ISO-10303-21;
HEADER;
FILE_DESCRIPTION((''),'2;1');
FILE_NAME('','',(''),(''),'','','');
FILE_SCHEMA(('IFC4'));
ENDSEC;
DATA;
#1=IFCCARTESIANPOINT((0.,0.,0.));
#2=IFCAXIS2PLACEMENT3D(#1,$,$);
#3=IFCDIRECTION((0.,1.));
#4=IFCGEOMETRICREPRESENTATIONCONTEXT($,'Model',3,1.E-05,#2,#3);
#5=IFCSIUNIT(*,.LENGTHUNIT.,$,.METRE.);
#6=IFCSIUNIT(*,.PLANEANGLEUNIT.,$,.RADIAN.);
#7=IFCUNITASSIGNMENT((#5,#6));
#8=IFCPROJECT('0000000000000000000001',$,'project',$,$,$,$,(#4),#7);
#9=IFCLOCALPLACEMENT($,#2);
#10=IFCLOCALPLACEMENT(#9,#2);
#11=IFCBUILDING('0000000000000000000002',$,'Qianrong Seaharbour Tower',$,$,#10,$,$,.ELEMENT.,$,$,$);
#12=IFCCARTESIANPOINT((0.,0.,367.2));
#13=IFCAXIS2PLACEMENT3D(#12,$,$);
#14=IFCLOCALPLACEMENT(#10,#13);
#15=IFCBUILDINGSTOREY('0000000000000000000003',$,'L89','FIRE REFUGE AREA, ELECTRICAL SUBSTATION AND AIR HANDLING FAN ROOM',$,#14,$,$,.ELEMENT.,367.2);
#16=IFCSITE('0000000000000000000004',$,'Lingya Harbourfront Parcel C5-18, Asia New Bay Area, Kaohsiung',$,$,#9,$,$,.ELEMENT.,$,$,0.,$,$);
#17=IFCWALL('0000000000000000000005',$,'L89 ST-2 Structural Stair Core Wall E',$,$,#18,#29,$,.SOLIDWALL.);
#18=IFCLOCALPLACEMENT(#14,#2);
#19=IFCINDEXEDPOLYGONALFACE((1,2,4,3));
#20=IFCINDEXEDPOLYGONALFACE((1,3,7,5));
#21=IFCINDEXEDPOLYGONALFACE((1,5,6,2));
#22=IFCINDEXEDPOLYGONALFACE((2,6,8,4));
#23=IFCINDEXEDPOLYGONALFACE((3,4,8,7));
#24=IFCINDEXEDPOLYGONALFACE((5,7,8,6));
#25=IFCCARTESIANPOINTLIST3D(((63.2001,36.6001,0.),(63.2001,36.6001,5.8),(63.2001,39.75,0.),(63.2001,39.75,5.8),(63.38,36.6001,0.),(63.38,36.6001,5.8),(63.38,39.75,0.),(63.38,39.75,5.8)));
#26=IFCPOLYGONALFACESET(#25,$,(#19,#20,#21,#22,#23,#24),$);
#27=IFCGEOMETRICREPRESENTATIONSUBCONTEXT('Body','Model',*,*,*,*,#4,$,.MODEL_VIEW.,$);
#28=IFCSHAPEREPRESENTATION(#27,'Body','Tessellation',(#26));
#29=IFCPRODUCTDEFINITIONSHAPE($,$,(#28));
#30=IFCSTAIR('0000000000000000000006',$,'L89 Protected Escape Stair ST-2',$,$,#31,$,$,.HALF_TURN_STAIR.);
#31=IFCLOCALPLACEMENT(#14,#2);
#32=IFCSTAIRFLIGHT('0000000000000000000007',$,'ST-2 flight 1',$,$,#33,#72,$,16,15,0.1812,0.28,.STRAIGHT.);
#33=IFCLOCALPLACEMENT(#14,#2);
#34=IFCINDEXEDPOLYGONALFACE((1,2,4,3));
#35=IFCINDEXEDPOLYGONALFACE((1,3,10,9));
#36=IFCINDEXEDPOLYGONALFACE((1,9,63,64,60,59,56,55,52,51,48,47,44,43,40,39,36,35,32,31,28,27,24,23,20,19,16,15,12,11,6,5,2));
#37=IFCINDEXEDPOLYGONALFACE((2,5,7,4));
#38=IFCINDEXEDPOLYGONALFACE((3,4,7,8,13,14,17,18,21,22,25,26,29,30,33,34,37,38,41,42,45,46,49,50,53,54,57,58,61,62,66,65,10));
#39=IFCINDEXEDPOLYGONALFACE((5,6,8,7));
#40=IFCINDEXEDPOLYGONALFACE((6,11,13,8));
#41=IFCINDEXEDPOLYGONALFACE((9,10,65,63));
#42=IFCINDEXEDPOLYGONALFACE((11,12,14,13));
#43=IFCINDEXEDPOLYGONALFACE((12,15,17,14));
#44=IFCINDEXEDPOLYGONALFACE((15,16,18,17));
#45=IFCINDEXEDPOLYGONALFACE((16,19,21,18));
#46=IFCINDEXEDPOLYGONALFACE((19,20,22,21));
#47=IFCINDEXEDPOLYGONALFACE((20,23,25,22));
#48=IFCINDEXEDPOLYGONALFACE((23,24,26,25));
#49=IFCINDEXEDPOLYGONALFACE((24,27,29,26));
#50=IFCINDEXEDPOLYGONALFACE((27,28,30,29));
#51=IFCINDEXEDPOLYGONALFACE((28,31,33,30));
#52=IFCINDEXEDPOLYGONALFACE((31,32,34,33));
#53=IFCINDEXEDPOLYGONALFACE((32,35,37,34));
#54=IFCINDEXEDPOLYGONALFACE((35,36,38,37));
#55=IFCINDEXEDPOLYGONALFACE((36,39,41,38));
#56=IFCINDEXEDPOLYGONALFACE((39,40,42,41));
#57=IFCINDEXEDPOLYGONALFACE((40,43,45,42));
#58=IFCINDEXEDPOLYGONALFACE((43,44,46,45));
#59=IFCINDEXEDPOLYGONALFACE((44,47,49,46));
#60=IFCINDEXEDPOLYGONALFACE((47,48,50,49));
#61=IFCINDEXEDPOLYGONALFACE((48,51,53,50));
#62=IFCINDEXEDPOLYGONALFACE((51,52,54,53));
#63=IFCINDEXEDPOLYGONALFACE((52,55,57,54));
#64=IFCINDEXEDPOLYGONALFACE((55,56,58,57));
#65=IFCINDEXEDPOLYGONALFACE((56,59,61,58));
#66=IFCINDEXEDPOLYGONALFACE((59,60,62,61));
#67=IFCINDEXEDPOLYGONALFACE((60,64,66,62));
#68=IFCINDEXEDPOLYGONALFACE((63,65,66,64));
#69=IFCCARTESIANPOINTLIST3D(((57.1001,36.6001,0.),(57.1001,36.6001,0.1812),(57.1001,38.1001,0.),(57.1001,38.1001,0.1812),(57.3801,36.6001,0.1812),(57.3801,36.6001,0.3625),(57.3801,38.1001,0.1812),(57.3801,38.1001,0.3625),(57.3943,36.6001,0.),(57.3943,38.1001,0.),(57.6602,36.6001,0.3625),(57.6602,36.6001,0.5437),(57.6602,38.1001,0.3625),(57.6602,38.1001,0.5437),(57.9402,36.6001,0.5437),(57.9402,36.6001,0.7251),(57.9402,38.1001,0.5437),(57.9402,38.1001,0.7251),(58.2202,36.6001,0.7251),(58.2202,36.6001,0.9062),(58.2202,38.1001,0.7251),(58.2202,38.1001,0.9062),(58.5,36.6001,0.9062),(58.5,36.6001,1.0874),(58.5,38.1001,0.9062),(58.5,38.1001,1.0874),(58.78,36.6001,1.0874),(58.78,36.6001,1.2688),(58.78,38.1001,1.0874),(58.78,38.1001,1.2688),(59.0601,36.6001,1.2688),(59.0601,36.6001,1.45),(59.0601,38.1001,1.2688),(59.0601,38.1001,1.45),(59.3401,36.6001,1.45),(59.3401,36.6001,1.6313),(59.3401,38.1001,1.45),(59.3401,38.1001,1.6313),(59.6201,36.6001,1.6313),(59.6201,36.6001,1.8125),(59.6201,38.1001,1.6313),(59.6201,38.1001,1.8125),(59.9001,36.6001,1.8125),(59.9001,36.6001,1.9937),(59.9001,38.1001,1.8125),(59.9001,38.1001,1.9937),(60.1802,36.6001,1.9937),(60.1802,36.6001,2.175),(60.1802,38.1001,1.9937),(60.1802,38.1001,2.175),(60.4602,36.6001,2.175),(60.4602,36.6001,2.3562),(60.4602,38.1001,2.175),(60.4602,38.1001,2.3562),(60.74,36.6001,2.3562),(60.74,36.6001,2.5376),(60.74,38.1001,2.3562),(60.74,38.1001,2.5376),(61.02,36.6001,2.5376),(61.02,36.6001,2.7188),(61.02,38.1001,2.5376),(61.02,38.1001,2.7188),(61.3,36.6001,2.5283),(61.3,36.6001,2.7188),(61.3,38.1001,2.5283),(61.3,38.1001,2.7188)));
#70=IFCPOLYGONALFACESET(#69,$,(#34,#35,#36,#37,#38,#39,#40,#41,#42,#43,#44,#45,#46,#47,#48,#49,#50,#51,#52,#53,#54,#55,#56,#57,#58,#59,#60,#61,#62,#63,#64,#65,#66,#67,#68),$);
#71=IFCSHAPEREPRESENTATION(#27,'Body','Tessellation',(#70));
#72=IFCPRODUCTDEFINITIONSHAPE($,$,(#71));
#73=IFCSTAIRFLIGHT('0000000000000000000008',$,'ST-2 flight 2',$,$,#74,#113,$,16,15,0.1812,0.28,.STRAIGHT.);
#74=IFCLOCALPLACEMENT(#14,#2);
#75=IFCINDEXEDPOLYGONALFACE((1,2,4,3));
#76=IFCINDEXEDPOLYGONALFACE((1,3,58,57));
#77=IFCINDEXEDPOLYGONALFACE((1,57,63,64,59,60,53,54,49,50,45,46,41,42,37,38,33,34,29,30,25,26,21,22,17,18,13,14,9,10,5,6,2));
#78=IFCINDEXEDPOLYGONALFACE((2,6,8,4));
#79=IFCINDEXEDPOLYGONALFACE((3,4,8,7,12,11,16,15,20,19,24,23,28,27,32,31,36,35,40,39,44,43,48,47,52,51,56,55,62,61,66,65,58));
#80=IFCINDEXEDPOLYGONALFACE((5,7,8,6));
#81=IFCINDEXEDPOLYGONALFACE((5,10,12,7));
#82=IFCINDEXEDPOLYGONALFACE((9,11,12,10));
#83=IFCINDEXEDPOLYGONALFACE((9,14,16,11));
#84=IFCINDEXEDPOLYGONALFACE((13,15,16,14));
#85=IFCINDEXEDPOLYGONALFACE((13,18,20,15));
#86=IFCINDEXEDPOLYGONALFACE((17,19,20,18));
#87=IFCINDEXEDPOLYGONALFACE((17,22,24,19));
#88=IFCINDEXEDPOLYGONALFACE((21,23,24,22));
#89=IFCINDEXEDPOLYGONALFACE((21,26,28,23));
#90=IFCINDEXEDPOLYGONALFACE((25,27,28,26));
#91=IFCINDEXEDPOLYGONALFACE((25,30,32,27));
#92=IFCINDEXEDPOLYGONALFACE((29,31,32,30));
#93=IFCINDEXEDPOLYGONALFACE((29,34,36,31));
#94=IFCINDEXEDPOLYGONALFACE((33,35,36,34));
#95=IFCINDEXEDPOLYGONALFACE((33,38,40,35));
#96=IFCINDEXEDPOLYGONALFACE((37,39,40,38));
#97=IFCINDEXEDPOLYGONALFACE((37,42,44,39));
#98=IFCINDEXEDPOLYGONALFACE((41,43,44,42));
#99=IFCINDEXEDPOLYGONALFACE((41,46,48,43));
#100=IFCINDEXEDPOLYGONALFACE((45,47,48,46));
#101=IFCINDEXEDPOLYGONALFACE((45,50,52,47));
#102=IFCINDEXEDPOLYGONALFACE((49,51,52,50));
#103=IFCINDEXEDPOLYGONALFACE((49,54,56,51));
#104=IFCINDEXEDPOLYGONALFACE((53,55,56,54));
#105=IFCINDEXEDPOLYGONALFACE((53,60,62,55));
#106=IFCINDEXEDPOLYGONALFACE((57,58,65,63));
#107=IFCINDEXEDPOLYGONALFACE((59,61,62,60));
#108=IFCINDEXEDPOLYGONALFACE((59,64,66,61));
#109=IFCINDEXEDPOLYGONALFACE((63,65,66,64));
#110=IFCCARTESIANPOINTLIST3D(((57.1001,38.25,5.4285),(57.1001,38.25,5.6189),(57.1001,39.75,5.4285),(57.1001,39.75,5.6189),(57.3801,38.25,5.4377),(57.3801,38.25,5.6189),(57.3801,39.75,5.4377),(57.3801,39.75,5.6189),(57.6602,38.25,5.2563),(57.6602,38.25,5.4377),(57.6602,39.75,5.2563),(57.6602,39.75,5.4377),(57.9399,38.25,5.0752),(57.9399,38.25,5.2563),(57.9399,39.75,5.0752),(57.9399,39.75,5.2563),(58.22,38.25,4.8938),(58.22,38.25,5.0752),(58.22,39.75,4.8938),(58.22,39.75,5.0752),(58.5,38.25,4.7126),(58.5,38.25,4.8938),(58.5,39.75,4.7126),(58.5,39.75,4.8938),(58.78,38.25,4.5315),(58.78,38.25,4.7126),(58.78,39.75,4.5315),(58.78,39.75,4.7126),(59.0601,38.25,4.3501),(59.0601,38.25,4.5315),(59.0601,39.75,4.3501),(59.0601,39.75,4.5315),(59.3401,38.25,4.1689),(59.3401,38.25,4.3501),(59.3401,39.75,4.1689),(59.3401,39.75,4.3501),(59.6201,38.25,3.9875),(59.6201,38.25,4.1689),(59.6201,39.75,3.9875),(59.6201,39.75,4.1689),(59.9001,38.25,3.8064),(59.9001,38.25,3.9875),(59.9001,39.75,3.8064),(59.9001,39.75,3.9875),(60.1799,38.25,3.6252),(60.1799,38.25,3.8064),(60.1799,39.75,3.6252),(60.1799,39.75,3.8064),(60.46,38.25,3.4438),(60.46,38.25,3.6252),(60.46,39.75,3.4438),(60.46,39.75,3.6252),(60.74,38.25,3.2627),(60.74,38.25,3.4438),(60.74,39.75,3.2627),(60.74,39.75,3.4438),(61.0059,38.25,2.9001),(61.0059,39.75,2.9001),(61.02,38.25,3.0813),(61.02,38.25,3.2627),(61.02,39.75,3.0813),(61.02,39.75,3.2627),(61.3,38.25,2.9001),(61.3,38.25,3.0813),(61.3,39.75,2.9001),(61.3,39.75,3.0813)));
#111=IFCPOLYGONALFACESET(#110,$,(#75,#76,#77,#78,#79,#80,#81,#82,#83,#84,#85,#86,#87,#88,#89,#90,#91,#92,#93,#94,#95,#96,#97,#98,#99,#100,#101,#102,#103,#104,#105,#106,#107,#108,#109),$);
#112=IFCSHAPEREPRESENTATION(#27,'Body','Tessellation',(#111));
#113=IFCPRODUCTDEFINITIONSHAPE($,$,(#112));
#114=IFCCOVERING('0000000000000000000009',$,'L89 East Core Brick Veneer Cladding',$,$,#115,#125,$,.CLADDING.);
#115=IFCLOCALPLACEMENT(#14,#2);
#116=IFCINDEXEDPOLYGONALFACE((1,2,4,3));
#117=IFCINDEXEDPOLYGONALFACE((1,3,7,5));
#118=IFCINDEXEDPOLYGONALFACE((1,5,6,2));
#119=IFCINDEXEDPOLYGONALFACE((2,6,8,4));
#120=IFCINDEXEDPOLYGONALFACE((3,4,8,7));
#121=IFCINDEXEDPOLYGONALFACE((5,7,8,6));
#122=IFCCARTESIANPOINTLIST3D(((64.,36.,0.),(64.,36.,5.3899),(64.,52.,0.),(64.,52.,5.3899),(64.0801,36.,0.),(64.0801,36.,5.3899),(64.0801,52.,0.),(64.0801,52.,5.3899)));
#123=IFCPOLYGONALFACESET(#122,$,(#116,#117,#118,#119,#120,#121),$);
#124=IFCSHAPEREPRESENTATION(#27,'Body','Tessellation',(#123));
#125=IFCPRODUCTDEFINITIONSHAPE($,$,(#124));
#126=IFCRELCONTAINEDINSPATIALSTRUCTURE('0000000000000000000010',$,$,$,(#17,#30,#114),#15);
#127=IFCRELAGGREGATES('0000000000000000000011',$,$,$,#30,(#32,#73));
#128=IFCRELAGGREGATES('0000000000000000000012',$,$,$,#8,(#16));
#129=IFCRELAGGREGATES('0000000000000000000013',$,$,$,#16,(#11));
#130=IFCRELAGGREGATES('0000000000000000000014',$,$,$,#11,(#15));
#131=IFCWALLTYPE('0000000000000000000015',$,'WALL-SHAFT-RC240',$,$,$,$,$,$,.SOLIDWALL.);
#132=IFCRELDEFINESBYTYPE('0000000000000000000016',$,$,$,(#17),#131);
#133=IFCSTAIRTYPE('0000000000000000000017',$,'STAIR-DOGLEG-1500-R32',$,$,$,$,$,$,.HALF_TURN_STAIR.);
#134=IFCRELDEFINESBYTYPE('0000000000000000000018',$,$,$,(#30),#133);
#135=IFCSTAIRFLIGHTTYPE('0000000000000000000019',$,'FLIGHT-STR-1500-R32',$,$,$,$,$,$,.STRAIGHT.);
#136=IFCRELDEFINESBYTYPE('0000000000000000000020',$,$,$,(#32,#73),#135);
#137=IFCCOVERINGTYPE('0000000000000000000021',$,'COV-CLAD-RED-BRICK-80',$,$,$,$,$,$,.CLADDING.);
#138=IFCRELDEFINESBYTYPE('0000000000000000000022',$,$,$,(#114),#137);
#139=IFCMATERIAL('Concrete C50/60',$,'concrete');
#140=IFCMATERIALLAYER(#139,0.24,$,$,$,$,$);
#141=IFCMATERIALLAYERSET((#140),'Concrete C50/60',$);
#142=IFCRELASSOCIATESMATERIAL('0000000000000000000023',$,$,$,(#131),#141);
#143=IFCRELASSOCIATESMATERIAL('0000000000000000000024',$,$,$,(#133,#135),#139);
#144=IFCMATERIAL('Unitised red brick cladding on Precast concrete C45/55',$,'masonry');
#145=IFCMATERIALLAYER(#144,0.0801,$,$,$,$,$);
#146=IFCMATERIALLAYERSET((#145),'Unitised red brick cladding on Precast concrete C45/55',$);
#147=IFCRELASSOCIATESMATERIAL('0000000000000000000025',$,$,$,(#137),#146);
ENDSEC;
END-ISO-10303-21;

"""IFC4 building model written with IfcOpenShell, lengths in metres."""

from ifc_helpers import new_model, si_unit, direction, frame, frame_2d, origin, origin_2d, place, context, subcontext, project, spatial, polyline, rectangle, outline, extrude, material, layer, layer_set, type_object, element, aggregate, save


model = new_model("IFC4")

# Units and contexts
model_context = context("Model", 3, precision=1e-05, world=origin(), true_north=direction((0.0, 1.0)))
body_context = subcontext(model_context, "Body", "Model", "MODEL_VIEW")
ifc_project = project(units=[si_unit("LENGTHUNIT", "METRE"), si_unit("PLANEANGLEUNIT", "RADIAN")], contexts=[model_context])

# Site, building, storey
site_placement = place(None, origin())
site = spatial("IfcSite", under=ifc_project, at=site_placement, Name="Lingya Harbourfront Parcel C5-18, Asia New Bay Area, Kaohsiung", CompositionType="ELEMENT", RefElevation=0.0)
building_placement = place(site_placement, origin())
building = spatial("IfcBuilding", under=site, at=building_placement, Name="Qianrong Seaharbour Tower", CompositionType="ELEMENT")
storey_placement = place(building_placement, frame((0.0, 0.0, 367.2)))
storey = spatial("IfcBuildingStorey", under=building, at=storey_placement, Name="L89", Description="FIRE REFUGE AREA, ELECTRICAL SUBSTATION AND AIR HANDLING FAN ROOM", CompositionType="ELEMENT", Elevation=367.2)

# Shared definitions
ifc_material_1 = material(Name="Concrete C50/60", Category="concrete")

# Shared definitions
ifc_layer_1 = layer(ifc_material_1, 0.24)
ifc_layer_set_1 = layer_set([ifc_layer_1], Name="Concrete C50/60")
wall_type_1 = type_object("IfcWallType", Name="WALL-SHAFT-RC240", PredefinedType="SOLIDWALL", material=ifc_layer_set_1)

# Wall
wall_1_placement = place(storey_placement, frame((63.29, 36.6001, 0.0), z_axis=(0.0, 0.0, 1.0), x_axis=(0.0, 1.0, 0.0)))
element("IfcWall", 1, at=wall_1_placement, inside=storey, type_object=wall_type_1, Name="L89 ST-2 Structural Stair Core Wall E", PredefinedType="SOLIDWALL", context=body_context, shape_type="SweptSolid", body=[
    extrude(rectangle(XDim=3.1499, YDim=0.1799, at=frame_2d((1.575, 0.0))), origin(), (0.0, 0.0, 1.0), 5.8),
])

# Stair, stair flights
stair_type = type_object("IfcStairType", Name="STAIR-DOGLEG-1500-R32", PredefinedType="HALF_TURN_STAIR", material=ifc_material_1)
stair_placement = place(storey_placement, origin())
stair = element("IfcStair", 2, at=stair_placement, inside=storey, type_object=stair_type, Name="L89 Protected Escape Stair ST-2", PredefinedType="HALF_TURN_STAIR")
stair_flight_type = type_object("IfcStairFlightType", Name="FLIGHT-STR-1500-R32", PredefinedType="STRAIGHT", material=ifc_material_1)
stair_flight_1_placement = place(storey_placement, frame((57.1001, 37.3501, 0.0), z_axis=(0.0, 0.0, 1.0), x_axis=(1.0, 0.0, 0.0)))
stair_flight_1 = element("IfcStairFlight", 3, at=stair_flight_1_placement, type_object=stair_flight_type, Name="ST-2 flight 1", NumberOfRisers=16, NumberOfTreads=15, PredefinedType="STRAIGHT", RiserHeight=0.1812, TreadLength=0.28, context=body_context, shape_type="SweptSolid", body=[
    extrude(outline(polyline([(0.0, 0.0), (0.0, 0.1812), (0.28, 0.1812), (0.28, 0.3625), (0.5601, 0.3625), (0.5601, 0.5437), (0.8401, 0.5437), (0.8401, 0.7251), (1.1201, 0.7251), (1.1201, 0.9062), (1.3999, 0.9062), (1.3999, 1.0874), (1.6799, 1.0874), (1.6799, 1.2688), (1.96, 1.2688), (1.96, 1.45), (2.24, 1.45), (2.24, 1.6313), (2.52, 1.6313), (2.52, 1.8125), (2.8, 1.8125), (2.8, 1.9937), (3.0801, 1.9937), (3.0801, 2.175), (3.3601, 2.175), (3.3601, 2.3562), (3.6399, 2.3562), (3.6399, 2.5376), (3.9199, 2.5376), (3.9199, 2.7188), (4.2, 2.7188), (4.2, 2.8999), (4.2, 2.5283), (0.2942, 0.0), (0.0, 0.0)])), frame((0.0, 0.75, 0.0), z_axis=(0.0, -1.0, 0.0), x_axis=(1.0, 0.0, 0.0)), (0.0, 0.0, 1.0), 1.5),
])
stair_flight_2_placement = place(storey_placement, frame((61.3, 39.0, 2.9001), z_axis=(0.0, 0.0, 1.0), x_axis=(-1.0, 0.0, 0.0)))
stair_flight_2 = element("IfcStairFlight", 4, at=stair_flight_2_placement, type_object=stair_flight_type, Name="ST-2 flight 2", NumberOfRisers=16, NumberOfTreads=15, PredefinedType="STRAIGHT", RiserHeight=0.1812, TreadLength=0.28, context=body_context, shape_type="SweptSolid", body=[
    extrude(outline(polyline([(0.0, 0.0), (0.0, 0.1812), (0.28, 0.1812), (0.28, 0.3625), (0.5601, 0.3625), (0.5601, 0.5437), (0.8401, 0.5437), (0.8401, 0.7251), (1.1201, 0.7251), (1.1201, 0.9062), (1.3999, 0.9062), (1.3999, 1.0874), (1.6799, 1.0874), (1.6799, 1.2688), (1.96, 1.2688), (1.96, 1.45), (2.24, 1.45), (2.24, 1.6313), (2.52, 1.6313), (2.52, 1.8125), (2.8, 1.8125), (2.8, 1.9937), (3.0801, 1.9937), (3.0801, 2.175), (3.3601, 2.175), (3.3601, 2.3562), (3.6399, 2.3562), (3.6399, 2.5376), (3.9199, 2.5376), (3.9199, 2.7188), (4.2, 2.7188), (4.2, 2.8999), (4.2, 2.5283), (0.2942, 0.0), (0.0, 0.0)])), frame((0.0, 0.75, 0.0), z_axis=(0.0, -1.0, 0.0), x_axis=(1.0, 0.0, 0.0)), (0.0, 0.0, 1.0), 1.5),
])
aggregate(stair, [stair_flight_1, stair_flight_2])

# Covering
ifc_material_2 = material(Name="Unitised red brick cladding on Precast concrete C45/55", Category="masonry")
ifc_layer_2 = layer(ifc_material_2, 0.0801)
ifc_layer_set_2 = layer_set([ifc_layer_2], Name="Unitised red brick cladding on Precast concrete C45/55")
covering_type = type_object("IfcCoveringType", Name="COV-CLAD-RED-BRICK-80", PredefinedType="CLADDING", material=ifc_layer_set_2)
covering_placement = place(storey_placement, frame((64.04, 44.0, 0.0), z_axis=(0.0, 0.0, 1.0), x_axis=(1.0, 0.0, 0.0)))
element("IfcCovering", 5, at=covering_placement, inside=storey, type_object=covering_type, Name="L89 East Core Brick Veneer Cladding", PredefinedType="CLADDING", context=body_context, shape_type="SweptSolid", body=[
    extrude(rectangle(XDim=0.0801, YDim=16.0, at=origin_2d()), origin(), (0.0, 0.0, 1.0), 5.3899),
])

save(model, "model.ifc")
